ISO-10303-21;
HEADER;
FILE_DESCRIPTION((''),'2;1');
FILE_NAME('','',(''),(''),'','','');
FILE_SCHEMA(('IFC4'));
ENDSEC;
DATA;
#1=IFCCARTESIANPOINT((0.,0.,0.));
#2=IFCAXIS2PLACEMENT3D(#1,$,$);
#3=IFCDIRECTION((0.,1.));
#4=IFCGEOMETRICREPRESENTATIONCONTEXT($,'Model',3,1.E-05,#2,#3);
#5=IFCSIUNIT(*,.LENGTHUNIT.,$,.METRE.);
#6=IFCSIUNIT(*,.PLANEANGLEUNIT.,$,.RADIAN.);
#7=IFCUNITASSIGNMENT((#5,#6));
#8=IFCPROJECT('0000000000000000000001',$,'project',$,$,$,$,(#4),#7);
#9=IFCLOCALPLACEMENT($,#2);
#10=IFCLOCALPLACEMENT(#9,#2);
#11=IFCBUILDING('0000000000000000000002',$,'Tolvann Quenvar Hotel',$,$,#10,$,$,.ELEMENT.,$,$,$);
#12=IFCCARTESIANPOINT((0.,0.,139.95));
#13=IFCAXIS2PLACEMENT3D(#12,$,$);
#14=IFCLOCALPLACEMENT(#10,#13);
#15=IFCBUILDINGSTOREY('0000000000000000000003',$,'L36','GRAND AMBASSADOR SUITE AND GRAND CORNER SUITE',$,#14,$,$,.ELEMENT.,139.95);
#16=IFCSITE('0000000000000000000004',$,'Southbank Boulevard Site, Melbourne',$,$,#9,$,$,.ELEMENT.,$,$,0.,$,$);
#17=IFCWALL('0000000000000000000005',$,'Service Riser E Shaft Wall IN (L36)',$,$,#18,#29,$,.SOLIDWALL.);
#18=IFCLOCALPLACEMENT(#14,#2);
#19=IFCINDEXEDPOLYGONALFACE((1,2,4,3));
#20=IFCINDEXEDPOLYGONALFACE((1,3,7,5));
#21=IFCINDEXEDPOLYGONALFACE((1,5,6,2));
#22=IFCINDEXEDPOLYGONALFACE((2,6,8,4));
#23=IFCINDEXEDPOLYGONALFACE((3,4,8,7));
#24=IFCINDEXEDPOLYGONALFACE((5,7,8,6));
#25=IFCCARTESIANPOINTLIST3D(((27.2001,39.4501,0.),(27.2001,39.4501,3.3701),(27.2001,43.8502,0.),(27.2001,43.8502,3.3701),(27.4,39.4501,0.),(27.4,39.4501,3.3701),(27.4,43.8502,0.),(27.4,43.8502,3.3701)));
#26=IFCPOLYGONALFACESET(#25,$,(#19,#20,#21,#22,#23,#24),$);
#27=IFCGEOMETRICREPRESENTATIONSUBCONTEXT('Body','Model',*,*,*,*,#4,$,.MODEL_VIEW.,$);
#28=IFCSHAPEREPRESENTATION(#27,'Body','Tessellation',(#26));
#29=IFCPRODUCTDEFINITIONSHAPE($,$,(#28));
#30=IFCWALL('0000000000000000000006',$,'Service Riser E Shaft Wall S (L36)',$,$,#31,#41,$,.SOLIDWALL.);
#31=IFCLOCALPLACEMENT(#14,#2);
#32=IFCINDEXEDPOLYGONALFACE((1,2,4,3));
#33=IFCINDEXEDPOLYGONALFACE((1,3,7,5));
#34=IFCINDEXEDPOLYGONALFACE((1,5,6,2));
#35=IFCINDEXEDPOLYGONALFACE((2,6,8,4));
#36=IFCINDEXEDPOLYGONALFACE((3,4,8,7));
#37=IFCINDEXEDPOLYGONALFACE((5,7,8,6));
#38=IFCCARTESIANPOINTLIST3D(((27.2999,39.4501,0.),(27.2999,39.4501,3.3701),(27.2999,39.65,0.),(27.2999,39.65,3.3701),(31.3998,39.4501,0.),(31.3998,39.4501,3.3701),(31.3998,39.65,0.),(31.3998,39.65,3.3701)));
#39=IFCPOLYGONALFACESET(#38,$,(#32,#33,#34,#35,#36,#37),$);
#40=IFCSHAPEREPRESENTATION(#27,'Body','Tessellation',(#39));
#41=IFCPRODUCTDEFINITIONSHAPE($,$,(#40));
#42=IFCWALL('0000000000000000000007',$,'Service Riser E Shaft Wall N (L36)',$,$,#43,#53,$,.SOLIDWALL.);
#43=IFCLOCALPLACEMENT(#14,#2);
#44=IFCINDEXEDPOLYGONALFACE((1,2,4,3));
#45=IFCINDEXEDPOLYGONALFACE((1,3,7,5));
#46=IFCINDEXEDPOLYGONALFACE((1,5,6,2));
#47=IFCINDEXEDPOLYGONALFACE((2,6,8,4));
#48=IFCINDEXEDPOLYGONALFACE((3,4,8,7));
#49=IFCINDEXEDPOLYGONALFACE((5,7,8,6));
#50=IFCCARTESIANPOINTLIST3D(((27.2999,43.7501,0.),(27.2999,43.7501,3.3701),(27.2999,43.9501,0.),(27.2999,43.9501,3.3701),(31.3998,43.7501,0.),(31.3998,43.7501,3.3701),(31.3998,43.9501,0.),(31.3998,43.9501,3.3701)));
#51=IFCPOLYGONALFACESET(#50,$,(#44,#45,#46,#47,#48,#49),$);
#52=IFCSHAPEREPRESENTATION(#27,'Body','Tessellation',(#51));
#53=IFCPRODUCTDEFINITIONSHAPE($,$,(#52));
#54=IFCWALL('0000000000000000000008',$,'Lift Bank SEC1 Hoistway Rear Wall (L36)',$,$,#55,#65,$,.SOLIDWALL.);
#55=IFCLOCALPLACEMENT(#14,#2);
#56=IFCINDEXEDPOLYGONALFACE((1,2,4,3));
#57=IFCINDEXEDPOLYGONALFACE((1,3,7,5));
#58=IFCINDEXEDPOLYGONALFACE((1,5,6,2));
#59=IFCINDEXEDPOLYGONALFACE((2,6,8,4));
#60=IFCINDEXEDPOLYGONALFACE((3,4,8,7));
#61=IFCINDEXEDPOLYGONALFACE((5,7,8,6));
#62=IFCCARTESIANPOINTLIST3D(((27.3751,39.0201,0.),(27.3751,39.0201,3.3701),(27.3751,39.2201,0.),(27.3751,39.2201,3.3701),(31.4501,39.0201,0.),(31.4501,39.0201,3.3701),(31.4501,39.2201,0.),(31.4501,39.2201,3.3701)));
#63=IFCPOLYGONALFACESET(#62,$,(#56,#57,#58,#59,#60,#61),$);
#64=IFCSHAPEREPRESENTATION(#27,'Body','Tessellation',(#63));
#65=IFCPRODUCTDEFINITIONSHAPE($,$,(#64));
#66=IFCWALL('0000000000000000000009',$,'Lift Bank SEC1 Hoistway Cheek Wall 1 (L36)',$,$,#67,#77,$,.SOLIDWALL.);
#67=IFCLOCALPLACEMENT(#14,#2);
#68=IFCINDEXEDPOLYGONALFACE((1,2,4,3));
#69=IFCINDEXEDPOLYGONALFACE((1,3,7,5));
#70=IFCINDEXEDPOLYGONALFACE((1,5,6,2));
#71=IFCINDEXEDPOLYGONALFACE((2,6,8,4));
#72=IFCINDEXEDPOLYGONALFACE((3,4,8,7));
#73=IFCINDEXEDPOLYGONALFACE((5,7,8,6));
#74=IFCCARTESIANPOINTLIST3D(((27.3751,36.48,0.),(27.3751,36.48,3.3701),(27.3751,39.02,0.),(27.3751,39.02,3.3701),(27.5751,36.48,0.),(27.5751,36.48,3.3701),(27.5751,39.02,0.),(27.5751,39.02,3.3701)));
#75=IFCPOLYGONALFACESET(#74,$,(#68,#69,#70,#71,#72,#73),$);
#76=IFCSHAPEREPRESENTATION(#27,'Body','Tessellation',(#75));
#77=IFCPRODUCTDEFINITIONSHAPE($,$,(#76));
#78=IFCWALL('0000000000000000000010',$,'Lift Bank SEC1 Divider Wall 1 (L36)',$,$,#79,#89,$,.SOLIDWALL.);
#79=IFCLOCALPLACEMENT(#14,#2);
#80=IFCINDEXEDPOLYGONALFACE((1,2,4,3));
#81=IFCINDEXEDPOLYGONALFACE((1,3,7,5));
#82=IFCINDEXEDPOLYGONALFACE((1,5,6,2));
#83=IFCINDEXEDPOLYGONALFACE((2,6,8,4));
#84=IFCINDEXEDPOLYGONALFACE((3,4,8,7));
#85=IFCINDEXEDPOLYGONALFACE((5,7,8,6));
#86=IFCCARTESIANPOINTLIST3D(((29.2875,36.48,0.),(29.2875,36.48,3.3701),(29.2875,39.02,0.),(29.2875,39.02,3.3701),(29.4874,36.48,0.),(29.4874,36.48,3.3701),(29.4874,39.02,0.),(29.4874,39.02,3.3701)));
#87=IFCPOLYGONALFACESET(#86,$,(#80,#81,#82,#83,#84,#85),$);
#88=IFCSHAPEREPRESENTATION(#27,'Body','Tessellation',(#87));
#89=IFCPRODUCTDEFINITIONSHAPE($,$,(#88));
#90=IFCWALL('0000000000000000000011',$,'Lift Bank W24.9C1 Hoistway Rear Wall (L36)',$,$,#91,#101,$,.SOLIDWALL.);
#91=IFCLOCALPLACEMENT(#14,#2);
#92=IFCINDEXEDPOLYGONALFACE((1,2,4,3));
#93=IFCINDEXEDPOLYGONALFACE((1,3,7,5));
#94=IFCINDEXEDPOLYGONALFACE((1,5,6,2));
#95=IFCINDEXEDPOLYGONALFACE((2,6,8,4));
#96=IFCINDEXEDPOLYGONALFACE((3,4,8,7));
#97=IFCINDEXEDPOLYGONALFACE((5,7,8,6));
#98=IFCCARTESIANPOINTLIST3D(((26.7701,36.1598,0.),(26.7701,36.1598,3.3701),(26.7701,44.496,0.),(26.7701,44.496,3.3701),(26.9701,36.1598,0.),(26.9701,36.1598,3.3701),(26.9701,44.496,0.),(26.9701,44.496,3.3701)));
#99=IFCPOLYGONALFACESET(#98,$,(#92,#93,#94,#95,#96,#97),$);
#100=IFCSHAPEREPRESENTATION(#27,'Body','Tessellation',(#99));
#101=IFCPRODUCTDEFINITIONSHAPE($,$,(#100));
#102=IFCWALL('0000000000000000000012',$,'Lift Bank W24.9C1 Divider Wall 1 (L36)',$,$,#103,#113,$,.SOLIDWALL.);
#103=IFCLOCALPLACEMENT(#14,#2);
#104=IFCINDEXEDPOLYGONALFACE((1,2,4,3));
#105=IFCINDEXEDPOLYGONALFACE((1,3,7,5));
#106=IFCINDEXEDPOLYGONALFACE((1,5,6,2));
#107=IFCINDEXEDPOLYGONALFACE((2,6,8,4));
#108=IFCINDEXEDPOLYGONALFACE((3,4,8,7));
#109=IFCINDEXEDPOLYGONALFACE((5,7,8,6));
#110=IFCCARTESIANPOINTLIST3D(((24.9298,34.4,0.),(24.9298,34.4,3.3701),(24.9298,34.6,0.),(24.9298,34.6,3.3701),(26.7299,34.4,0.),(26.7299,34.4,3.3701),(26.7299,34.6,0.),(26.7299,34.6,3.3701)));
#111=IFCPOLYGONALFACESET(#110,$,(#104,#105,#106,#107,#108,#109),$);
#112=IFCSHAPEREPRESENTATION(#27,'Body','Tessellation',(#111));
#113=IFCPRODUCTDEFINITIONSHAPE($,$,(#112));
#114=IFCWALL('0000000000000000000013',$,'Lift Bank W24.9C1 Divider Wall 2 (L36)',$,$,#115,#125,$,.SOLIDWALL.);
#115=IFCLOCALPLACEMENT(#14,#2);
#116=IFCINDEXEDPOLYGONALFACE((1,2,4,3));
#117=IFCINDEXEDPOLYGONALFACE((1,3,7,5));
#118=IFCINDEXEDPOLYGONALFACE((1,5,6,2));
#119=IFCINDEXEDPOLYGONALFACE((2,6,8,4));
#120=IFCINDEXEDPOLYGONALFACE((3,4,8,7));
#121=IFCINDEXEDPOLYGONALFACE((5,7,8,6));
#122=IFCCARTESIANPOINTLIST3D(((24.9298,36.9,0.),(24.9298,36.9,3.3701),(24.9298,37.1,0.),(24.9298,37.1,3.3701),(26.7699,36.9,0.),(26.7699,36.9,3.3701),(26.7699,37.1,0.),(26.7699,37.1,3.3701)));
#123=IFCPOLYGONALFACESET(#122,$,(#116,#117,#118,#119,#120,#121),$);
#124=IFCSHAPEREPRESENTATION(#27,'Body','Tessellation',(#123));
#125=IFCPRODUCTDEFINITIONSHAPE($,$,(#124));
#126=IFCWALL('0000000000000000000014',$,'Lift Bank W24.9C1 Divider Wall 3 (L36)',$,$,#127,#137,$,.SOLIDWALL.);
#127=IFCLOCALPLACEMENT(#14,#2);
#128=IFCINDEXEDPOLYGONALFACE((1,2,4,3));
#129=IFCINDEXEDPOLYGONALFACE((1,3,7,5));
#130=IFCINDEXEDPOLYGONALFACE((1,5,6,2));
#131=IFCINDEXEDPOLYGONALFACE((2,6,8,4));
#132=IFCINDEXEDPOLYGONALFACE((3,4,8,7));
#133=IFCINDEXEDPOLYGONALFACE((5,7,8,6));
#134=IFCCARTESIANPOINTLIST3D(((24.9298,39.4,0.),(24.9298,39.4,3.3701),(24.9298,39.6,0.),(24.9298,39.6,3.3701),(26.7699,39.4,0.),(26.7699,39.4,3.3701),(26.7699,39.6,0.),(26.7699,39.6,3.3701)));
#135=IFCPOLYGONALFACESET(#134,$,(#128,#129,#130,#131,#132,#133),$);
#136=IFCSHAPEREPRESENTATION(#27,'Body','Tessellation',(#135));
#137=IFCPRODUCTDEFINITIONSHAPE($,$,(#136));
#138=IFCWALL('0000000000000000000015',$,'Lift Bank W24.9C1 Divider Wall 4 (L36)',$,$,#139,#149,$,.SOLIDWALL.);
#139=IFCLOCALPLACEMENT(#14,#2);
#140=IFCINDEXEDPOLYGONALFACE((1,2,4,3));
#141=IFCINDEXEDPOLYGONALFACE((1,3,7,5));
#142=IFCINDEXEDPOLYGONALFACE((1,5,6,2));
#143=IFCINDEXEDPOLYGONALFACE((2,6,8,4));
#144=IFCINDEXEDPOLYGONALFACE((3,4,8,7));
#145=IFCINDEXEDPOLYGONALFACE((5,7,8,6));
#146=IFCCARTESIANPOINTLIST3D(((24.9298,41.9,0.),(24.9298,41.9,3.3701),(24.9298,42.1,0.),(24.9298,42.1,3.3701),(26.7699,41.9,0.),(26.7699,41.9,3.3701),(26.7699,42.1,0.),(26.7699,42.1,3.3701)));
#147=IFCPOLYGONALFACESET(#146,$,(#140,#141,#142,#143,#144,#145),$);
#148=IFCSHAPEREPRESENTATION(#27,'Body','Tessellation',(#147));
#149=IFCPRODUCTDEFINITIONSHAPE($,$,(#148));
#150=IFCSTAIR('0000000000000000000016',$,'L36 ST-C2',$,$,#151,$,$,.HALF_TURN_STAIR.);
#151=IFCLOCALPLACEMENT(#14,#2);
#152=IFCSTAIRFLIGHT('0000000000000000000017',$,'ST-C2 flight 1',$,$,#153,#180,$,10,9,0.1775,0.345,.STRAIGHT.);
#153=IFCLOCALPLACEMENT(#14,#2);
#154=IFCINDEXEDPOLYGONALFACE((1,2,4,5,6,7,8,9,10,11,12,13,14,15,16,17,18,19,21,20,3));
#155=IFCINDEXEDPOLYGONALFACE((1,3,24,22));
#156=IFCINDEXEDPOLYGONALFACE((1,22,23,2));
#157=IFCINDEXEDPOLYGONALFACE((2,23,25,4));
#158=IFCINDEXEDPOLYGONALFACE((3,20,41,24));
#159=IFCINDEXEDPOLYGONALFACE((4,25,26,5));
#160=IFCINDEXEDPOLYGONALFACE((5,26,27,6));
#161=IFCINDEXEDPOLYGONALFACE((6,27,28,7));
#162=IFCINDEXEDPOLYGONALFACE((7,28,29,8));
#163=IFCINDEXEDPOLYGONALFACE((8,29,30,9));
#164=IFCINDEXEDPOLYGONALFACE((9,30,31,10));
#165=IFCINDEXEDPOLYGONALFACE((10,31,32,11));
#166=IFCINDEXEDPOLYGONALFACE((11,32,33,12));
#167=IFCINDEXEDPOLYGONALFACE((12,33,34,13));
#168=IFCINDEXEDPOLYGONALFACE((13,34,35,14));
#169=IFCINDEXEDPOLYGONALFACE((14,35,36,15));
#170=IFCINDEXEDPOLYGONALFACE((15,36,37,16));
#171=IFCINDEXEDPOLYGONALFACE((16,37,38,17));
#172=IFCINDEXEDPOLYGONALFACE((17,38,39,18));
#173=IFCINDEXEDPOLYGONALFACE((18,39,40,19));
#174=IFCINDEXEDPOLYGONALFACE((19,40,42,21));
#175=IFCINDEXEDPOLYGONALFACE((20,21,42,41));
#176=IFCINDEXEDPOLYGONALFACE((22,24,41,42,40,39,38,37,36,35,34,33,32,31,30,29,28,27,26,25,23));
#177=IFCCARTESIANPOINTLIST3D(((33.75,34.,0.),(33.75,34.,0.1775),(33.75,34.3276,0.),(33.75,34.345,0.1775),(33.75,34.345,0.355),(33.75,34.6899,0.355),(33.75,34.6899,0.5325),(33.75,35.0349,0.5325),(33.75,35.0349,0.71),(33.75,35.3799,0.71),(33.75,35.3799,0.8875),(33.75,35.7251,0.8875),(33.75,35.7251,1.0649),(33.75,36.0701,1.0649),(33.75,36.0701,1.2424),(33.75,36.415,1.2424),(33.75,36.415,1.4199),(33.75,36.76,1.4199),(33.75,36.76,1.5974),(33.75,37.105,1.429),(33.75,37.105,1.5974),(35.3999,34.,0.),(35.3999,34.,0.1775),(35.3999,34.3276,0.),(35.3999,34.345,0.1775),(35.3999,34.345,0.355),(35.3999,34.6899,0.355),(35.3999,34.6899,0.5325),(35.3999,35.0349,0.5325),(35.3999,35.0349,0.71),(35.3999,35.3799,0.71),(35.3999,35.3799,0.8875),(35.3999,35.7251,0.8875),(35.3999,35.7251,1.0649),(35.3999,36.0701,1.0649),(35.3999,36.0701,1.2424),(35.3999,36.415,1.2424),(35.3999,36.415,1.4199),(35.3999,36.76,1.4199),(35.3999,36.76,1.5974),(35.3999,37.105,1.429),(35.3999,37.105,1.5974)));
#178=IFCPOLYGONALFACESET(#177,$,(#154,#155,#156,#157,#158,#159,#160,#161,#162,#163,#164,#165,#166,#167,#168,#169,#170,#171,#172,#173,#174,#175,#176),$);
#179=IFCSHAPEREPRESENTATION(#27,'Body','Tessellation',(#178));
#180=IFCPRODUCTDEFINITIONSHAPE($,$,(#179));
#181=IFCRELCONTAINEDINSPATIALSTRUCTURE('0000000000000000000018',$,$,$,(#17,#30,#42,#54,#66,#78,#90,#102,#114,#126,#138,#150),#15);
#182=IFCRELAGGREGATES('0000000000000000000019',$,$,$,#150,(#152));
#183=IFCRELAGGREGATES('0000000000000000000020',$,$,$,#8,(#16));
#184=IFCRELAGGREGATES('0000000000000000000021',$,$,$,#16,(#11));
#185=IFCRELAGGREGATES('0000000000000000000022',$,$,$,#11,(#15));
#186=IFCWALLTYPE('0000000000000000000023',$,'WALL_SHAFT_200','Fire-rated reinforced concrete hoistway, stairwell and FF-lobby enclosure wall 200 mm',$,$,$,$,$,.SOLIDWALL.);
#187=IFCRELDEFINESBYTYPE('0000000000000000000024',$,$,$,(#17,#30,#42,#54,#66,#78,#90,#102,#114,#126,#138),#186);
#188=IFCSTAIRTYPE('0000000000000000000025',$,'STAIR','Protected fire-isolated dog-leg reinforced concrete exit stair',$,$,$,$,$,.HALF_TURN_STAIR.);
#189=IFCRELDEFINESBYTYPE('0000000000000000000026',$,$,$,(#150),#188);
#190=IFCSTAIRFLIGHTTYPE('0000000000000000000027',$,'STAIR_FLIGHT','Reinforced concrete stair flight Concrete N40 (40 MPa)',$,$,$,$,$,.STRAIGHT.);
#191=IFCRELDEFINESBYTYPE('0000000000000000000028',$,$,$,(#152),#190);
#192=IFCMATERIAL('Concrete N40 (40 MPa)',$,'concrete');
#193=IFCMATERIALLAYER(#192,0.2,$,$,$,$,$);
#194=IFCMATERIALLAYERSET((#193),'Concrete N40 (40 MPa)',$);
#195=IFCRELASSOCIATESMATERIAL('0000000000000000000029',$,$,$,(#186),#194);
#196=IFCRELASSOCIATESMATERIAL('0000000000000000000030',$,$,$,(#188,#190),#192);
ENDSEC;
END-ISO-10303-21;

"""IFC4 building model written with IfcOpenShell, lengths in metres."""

from ifc_helpers import new_model, si_unit, direction, frame, frame_2d, origin, place, context, subcontext, project, spatial, polyline, rectangle, outline, extrude, material, layer, layer_set, type_object, element, aggregate, save


model = new_model("IFC4")

# Units and contexts
model_context = context("Model", 3, precision=1e-05, world=origin(), true_north=direction((0.0, 1.0)))
body_context = subcontext(model_context, "Body", "Model", "MODEL_VIEW")
ifc_project = project(units=[si_unit("LENGTHUNIT", "METRE"), si_unit("PLANEANGLEUNIT", "RADIAN")], contexts=[model_context])

# Site, building, storey
site_placement = place(None, origin())
site = spatial("IfcSite", under=ifc_project, at=site_placement, Name="Southbank Boulevard Site, Melbourne", CompositionType="ELEMENT", RefElevation=0.0)
building_placement = place(site_placement, origin())
building = spatial("IfcBuilding", under=site, at=building_placement, Name="Tolvann Quenvar Hotel", CompositionType="ELEMENT")
storey_placement = place(building_placement, frame((0.0, 0.0, 139.95)))
storey = spatial("IfcBuildingStorey", under=building, at=storey_placement, Name="L36", Description="GRAND AMBASSADOR SUITE AND GRAND CORNER SUITE", CompositionType="ELEMENT", Elevation=139.95)

# Walls
ifc_material_1 = material(Name="Concrete N40 (40 MPa)", Category="concrete")
ifc_layer_1 = layer(ifc_material_1, 0.2)
ifc_layer_set_1 = layer_set([ifc_layer_1], Name="Concrete N40 (40 MPa)")
wall_type_1 = type_object("IfcWallType", Name="WALL_SHAFT_200", Description="Fire-rated reinforced concrete hoistway, stairwell and FF-lobby enclosure wall 200 mm", PredefinedType="SOLIDWALL", material=ifc_layer_set_1)
wall_1_placement = place(storey_placement, frame((27.3, 39.45, 0.0), z_axis=(0.0, 0.0, 1.0), x_axis=(0.0, 1.0, 0.0)))
element("IfcWall", 1, at=wall_1_placement, inside=storey, type_object=wall_type_1, Name="Service Riser E Shaft Wall IN (L36)", PredefinedType="SOLIDWALL", context=body_context, shape_type="SweptSolid", body=[
    extrude(rectangle(XDim=4.4001, YDim=0.2, at=frame_2d((2.2002, 0.0))), origin(), (0.0, 0.0, 1.0), 3.3701),
])
for number, where, z_axis, x_axis, name in (
    (2, (27.3, 39.55, 0.0), (0.0, 0.0, 1.0), (1.0, 0.0, 0.0), "Service Riser E Shaft Wall S (L36)"),
    (3, (27.3, 43.8501, 0.0), (0.0, 0.0, 1.0), (1.0, 0.0, 0.0), "Service Riser E Shaft Wall N (L36)"),
):
    element("IfcWall", number, at=place(storey_placement, frame(where, z_axis=z_axis, x_axis=x_axis)), inside=storey, type_object=wall_type_1, Name=name, PredefinedType="SOLIDWALL", context=body_context, shape_type="SweptSolid", body=[
        extrude(rectangle(XDim=4.0999, YDim=0.2, at=frame_2d((2.0498, 0.0))), origin(), (0.0, 0.0, 1.0), 3.3701),
    ])

# Walls
wall_2_placement = place(storey_placement, frame((27.375, 39.1201, 0.0), z_axis=(0.0, 0.0, 1.0), x_axis=(1.0, 0.0, 0.0)))
element("IfcWall", 4, at=wall_2_placement, inside=storey, type_object=wall_type_1, Name="Lift Bank SEC1 Hoistway Rear Wall (L36)", PredefinedType="SOLIDWALL", context=body_context, shape_type="SweptSolid", body=[
    extrude(rectangle(XDim=4.075, YDim=0.2, at=frame_2d((2.0376, 0.0))), origin(), (0.0, 0.0, 1.0), 3.3701),
])
for number, where, z_axis, x_axis, name in (
    (5, (27.4751, 36.48, 0.0), (0.0, 0.0, 1.0), (0.0, 1.0, 0.0), "Lift Bank SEC1 Hoistway Cheek Wall 1 (L36)"),
    (6, (29.3875, 36.48, 0.0), (0.0, 0.0, 1.0), (0.0, 1.0, 0.0), "Lift Bank SEC1 Divider Wall 1 (L36)"),
):
    element("IfcWall", number, at=place(storey_placement, frame(where, z_axis=z_axis, x_axis=x_axis)), inside=storey, type_object=wall_type_1, Name=name, PredefinedType="SOLIDWALL", context=body_context, shape_type="SweptSolid", body=[
        extrude(rectangle(XDim=2.54, YDim=0.2, at=frame_2d((1.27, 0.0))), origin(), (0.0, 0.0, 1.0), 3.3701),
    ])
wall_3_placement = place(storey_placement, frame((26.8701, 36.1599, 0.0), z_axis=(0.0, 0.0, 1.0), x_axis=(0.0, 1.0, 0.0)))
element("IfcWall", 7, at=wall_3_placement, inside=storey, type_object=wall_type_1, Name="Lift Bank W24.9C1 Hoistway Rear Wall (L36)", PredefinedType="SOLIDWALL", context=body_context, shape_type="SweptSolid", body=[
    extrude(rectangle(XDim=8.3362, YDim=0.2, at=frame_2d((4.168, 0.0))), origin(), (0.0, 0.0, 1.0), 3.3701),
])
wall_4_placement = place(storey_placement, frame((24.9299, 34.5, 0.0), z_axis=(0.0, 0.0, 1.0), x_axis=(1.0, 0.0, 0.0)))
element("IfcWall", 8, at=wall_4_placement, inside=storey, type_object=wall_type_1, Name="Lift Bank W24.9C1 Divider Wall 1 (L36)", PredefinedType="SOLIDWALL", context=body_context, shape_type="SweptSolid", body=[
    extrude(rectangle(XDim=1.8, YDim=0.2, at=frame_2d((0.8999, 0.0))), origin(), (0.0, 0.0, 1.0), 3.3701),
])
for number, where, z_axis, x_axis, name in (
    (9, (24.9299, 37.0, 0.0), (0.0, 0.0, 1.0), (1.0, 0.0, 0.0), "Lift Bank W24.9C1 Divider Wall 2 (L36)"),
    (10, (24.9299, 39.5, 0.0), (0.0, 0.0, 1.0), (1.0, 0.0, 0.0), "Lift Bank W24.9C1 Divider Wall 3 (L36)"),
    (11, (24.9299, 42.0, 0.0), (0.0, 0.0, 1.0), (1.0, 0.0, 0.0), "Lift Bank W24.9C1 Divider Wall 4 (L36)"),
):
    element("IfcWall", number, at=place(storey_placement, frame(where, z_axis=z_axis, x_axis=x_axis)), inside=storey, type_object=wall_type_1, Name=name, PredefinedType="SOLIDWALL", context=body_context, shape_type="SweptSolid", body=[
        extrude(rectangle(XDim=1.8401, YDim=0.2, at=frame_2d((0.9199, 0.0))), origin(), (0.0, 0.0, 1.0), 3.3701),
    ])

# Stair, stair flight
stair_type = type_object("IfcStairType", Name="STAIR", Description="Protected fire-isolated dog-leg reinforced concrete exit stair", PredefinedType="HALF_TURN_STAIR", material=ifc_material_1)
stair_placement = place(storey_placement, origin())
stair = element("IfcStair", 12, at=stair_placement, inside=storey, type_object=stair_type, Name="L36 ST-C2", PredefinedType="HALF_TURN_STAIR")
stair_flight_type = type_object("IfcStairFlightType", Name="STAIR_FLIGHT", Description="Reinforced concrete stair flight Concrete N40 (40 MPa)", PredefinedType="STRAIGHT", material=ifc_material_1)
stair_flight_1_placement = place(storey_placement, frame((34.575, 34.0, 0.0), z_axis=(0.0, 0.0, 1.0), x_axis=(0.0, 1.0, 0.0)))
stair_flight_1 = element("IfcStairFlight", 13, at=stair_flight_1_placement, type_object=stair_flight_type, Name="ST-C2 flight 1", NumberOfRisers=10, NumberOfTreads=9, PredefinedType="STRAIGHT", RiserHeight=0.1775, TreadLength=0.345, context=body_context, shape_type="SweptSolid", body=[
    extrude(outline(polyline([(0.0, 0.0), (0.0, 0.1775), (0.345, 0.1775), (0.345, 0.355), (0.6899, 0.355), (0.6899, 0.5325), (1.0349, 0.5325), (1.0349, 0.71), (1.3799, 0.71), (1.3799, 0.8875), (1.7251, 0.8875), (1.7251, 1.0649), (2.0701, 1.0649), (2.0701, 1.2424), (2.415, 1.2424), (2.415, 1.4199), (2.76, 1.4199), (2.76, 1.5974), (3.105, 1.5974), (3.105, 1.7749), (3.105, 1.429), (0.3276, 0.0), (0.0, 0.0)])), frame((0.0, 0.825, 0.0), z_axis=(0.0, -1.0, 0.0), x_axis=(1.0, 0.0, 0.0)), (0.0, 0.0, 1.0), 1.6499),
])
aggregate(stair, [stair_flight_1])

save(model, "model.ifc")
